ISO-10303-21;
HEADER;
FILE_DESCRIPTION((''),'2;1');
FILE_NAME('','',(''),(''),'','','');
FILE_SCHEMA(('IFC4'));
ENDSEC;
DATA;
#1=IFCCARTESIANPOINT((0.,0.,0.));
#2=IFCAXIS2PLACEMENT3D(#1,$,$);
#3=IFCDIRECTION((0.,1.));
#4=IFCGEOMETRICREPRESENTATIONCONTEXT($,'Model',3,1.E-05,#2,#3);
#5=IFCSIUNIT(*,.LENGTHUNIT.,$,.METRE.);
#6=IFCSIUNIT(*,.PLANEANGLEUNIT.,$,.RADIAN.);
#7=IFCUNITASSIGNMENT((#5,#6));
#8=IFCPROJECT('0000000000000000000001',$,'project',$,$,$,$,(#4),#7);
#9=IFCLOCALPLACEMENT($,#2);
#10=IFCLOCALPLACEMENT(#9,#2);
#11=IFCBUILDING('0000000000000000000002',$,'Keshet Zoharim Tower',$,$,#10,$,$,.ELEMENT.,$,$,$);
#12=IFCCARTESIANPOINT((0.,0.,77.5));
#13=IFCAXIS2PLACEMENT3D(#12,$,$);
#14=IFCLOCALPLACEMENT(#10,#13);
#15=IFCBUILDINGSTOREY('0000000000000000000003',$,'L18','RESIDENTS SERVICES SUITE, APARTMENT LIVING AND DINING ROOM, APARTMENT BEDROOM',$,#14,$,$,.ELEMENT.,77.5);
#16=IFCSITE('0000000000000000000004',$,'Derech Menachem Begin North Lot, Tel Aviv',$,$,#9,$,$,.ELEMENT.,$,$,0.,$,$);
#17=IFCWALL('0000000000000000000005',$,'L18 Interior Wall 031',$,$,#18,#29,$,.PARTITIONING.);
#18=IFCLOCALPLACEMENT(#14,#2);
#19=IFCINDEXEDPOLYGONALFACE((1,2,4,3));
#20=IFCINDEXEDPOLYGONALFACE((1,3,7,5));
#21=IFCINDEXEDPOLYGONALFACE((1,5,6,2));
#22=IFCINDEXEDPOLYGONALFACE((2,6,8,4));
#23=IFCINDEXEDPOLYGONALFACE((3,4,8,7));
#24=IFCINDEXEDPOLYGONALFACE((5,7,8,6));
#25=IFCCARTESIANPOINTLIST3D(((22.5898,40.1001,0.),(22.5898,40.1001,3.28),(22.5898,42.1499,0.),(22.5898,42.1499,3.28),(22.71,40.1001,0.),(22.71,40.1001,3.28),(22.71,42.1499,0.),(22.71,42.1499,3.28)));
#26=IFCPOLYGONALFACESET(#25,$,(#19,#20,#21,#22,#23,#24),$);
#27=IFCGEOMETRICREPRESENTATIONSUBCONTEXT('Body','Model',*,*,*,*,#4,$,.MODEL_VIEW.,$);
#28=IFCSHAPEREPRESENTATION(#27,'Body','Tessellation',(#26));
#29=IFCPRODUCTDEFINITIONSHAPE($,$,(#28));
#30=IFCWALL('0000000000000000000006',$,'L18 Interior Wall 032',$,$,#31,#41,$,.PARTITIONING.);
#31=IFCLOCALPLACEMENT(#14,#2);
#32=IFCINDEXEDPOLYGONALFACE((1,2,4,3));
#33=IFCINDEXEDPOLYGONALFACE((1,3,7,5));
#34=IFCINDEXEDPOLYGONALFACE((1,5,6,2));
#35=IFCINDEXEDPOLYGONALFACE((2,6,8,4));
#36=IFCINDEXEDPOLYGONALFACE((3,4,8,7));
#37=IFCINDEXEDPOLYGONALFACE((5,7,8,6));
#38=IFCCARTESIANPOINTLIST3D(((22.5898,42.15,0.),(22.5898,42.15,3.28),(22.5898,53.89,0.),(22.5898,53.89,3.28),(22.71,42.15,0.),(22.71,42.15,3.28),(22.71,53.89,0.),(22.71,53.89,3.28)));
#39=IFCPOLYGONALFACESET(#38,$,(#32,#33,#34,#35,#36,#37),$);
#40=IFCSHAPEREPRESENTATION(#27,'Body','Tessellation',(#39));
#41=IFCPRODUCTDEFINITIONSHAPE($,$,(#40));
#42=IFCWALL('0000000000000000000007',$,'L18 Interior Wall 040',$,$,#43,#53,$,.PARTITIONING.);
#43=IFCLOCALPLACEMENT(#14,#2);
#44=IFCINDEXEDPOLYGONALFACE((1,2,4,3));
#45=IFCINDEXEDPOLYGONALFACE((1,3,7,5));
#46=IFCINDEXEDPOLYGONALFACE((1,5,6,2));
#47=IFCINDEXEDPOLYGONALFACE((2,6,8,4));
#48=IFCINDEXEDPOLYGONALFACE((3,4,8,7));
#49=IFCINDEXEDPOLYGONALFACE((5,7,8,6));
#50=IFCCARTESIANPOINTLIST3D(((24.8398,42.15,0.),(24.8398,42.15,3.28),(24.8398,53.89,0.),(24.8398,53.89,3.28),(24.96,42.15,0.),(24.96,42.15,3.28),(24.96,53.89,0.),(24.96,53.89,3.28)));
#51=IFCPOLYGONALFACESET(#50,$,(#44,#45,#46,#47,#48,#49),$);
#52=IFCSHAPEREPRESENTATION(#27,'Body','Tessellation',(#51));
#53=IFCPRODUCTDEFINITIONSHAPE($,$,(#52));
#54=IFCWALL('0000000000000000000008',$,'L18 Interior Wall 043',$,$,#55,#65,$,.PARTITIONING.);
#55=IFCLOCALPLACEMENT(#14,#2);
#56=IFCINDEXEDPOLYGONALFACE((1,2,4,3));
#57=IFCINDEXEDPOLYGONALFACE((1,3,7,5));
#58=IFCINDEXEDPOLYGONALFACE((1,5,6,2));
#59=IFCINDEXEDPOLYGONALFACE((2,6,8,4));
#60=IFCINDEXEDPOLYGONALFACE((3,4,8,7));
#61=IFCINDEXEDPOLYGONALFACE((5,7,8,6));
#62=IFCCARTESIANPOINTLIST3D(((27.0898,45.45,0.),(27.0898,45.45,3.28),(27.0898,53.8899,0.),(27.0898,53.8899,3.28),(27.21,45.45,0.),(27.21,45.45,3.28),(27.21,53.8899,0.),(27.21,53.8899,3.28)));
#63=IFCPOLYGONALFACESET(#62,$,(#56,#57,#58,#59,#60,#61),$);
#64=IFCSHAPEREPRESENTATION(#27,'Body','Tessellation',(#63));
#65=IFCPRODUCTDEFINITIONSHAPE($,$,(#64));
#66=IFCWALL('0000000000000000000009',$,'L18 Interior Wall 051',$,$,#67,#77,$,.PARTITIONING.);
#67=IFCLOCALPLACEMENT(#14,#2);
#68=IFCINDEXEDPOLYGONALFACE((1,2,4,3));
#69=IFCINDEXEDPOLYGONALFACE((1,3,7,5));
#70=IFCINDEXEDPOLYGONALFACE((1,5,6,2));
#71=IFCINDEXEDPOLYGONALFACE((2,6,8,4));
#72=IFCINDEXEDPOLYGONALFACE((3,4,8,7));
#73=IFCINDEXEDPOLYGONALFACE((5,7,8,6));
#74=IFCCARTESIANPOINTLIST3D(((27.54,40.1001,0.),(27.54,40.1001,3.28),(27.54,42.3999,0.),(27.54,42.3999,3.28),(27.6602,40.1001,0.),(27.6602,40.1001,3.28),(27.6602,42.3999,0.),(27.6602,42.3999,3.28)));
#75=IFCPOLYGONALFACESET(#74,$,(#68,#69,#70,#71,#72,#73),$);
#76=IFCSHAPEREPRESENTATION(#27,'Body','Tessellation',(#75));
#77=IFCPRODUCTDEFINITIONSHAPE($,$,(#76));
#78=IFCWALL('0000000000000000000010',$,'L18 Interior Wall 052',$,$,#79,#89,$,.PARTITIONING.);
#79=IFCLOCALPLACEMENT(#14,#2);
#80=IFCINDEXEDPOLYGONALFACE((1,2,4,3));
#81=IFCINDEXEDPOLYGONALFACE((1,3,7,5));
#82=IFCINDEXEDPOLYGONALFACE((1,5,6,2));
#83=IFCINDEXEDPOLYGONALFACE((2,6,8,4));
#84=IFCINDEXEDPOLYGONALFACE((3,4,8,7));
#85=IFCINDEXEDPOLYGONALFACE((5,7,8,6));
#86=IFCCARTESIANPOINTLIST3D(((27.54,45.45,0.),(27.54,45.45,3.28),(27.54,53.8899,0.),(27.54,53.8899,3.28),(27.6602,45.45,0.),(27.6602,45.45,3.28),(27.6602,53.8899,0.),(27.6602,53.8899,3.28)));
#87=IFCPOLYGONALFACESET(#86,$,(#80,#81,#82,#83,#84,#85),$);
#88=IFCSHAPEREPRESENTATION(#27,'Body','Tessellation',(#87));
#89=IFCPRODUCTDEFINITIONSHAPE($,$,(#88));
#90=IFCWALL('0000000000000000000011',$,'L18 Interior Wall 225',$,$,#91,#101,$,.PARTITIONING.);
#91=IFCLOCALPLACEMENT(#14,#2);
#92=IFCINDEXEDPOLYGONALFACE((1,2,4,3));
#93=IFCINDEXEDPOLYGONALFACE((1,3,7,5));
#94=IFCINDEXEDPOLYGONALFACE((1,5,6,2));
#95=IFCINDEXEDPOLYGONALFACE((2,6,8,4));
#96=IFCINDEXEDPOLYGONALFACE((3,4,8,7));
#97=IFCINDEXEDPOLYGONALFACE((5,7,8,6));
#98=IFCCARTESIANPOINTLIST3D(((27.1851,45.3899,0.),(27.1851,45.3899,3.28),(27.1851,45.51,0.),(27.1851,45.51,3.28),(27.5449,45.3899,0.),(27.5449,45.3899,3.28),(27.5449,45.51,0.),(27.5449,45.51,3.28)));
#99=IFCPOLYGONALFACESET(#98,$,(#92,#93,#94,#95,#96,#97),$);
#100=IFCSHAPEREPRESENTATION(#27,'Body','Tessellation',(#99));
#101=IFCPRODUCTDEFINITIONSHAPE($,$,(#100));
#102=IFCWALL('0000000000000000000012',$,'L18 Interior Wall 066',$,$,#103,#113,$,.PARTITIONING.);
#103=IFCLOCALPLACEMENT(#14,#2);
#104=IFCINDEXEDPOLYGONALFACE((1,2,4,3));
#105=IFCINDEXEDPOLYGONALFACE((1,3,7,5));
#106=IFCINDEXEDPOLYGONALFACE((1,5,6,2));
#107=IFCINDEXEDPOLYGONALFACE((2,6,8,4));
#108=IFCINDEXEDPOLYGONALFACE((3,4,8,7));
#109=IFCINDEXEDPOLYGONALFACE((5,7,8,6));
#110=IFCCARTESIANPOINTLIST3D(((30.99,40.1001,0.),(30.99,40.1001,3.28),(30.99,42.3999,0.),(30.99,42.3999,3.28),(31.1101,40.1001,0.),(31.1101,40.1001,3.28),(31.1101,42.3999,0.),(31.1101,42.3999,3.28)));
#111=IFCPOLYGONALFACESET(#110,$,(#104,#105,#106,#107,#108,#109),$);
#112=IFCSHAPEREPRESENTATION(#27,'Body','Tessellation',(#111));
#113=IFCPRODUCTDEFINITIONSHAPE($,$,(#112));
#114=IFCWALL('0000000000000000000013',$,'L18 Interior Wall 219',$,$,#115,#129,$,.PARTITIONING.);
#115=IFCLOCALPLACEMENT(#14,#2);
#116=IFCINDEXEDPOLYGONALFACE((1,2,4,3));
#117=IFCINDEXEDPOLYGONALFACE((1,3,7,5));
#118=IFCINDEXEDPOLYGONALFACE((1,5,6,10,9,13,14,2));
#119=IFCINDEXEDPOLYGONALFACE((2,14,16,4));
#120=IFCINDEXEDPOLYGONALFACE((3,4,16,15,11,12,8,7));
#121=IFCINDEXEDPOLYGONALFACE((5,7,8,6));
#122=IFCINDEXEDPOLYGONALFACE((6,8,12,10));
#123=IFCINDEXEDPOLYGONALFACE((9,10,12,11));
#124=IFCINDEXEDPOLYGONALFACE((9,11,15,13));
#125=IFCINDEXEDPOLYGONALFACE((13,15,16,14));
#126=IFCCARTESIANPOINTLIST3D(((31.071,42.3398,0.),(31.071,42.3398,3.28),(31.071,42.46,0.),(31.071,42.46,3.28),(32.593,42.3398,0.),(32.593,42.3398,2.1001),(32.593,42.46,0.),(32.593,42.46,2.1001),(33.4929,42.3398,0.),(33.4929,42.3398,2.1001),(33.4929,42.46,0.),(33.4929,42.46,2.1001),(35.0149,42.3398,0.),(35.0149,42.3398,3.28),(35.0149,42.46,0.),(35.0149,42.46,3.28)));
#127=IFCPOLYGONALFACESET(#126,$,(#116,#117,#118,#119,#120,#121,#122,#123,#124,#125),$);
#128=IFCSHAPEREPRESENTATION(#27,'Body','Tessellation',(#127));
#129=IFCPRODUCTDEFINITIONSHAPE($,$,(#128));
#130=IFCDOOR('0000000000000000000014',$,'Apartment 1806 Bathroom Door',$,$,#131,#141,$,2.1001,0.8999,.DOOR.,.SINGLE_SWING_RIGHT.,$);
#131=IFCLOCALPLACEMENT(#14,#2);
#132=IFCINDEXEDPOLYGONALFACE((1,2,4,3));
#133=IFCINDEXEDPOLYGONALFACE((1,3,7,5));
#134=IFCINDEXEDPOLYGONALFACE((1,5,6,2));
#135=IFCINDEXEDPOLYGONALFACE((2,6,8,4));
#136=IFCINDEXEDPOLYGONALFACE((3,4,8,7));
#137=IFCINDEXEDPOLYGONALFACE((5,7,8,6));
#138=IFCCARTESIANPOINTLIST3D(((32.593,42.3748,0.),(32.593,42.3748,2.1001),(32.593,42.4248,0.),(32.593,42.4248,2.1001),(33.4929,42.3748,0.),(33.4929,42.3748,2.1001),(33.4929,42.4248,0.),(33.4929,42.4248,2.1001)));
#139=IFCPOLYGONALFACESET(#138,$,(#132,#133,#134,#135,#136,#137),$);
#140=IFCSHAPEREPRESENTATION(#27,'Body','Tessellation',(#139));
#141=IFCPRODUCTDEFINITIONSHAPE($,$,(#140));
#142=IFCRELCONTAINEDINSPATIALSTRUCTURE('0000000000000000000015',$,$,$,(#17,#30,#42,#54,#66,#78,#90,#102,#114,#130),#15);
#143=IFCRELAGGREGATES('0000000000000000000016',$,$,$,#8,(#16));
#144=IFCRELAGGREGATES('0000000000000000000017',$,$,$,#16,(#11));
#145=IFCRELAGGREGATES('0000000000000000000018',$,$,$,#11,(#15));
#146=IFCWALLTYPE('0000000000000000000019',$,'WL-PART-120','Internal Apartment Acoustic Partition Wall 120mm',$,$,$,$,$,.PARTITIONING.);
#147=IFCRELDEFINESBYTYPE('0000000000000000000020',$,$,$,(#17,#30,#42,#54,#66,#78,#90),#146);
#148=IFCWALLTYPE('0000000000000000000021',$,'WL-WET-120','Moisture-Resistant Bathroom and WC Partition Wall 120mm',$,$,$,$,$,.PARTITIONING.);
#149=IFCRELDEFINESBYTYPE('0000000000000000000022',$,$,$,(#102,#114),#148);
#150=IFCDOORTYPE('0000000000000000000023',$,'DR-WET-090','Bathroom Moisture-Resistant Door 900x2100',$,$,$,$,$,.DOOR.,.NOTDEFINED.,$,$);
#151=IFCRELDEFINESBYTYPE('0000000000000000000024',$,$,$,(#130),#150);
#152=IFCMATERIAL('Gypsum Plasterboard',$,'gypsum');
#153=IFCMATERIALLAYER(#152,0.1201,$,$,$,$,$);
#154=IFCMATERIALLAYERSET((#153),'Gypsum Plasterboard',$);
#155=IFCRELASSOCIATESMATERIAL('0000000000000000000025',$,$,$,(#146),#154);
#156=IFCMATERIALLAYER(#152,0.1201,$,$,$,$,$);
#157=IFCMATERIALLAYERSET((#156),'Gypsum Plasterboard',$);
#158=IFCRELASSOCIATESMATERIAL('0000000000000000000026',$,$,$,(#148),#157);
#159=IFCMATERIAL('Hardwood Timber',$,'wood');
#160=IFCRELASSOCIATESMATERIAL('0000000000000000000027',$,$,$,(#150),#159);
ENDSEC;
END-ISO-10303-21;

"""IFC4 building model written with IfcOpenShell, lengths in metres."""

from ifc_helpers import new_model, si_unit, direction, frame, frame_2d, origin, place, context, subcontext, project, spatial, rectangle, extrude, material, layer, layer_set, type_object, element, fill, save


model = new_model("IFC4")

# Units and contexts
model_context = context("Model", 3, precision=1e-05, world=origin(), true_north=direction((0.0, 1.0)))
body_context = subcontext(model_context, "Body", "Model", "MODEL_VIEW")
ifc_project = project(units=[si_unit("LENGTHUNIT", "METRE"), si_unit("PLANEANGLEUNIT", "RADIAN")], contexts=[model_context])

# Site, building, storey
site_placement = place(None, origin())
site = spatial("IfcSite", under=ifc_project, at=site_placement, Name="Derech Menachem Begin North Lot, Tel Aviv", CompositionType="ELEMENT", RefElevation=0.0)
building_placement = place(site_placement, origin())
building = spatial("IfcBuilding", under=site, at=building_placement, Name="Keshet Zoharim Tower", CompositionType="ELEMENT")
storey_placement = place(building_placement, frame((0.0, 0.0, 77.5)))
storey = spatial("IfcBuildingStorey", under=building, at=storey_placement, Name="L18", Description="RESIDENTS SERVICES SUITE, APARTMENT LIVING AND DINING ROOM, APARTMENT BEDROOM", CompositionType="ELEMENT", Elevation=77.5)

# Shared definitions
ifc_material_1 = material(Name="Gypsum Plasterboard", Category="gypsum")
ifc_material_2 = material(Name="Hardwood Timber", Category="wood")

# Walls
ifc_layer_1 = layer(ifc_material_1, 0.1201)
ifc_layer_set_1 = layer_set([ifc_layer_1], Name="Gypsum Plasterboard")
wall_type_1 = type_object("IfcWallType", Name="WL-PART-120", Description="Internal Apartment Acoustic Partition Wall 120mm", PredefinedType="PARTITIONING", material=ifc_layer_set_1)
wall_1_placement = place(storey_placement, frame((22.6499, 40.1001, 0.0), z_axis=(0.0, 0.0, 1.0), x_axis=(0.0, 1.0, 0.0)))
element("IfcWall", 1, at=wall_1_placement, inside=storey, type_object=wall_type_1, Name="L18 Interior Wall 031", PredefinedType="PARTITIONING", context=body_context, shape_type="SweptSolid", body=[
    extrude(rectangle(XDim=2.0498, YDim=0.1201, at=frame_2d((1.0249, 0.0))), origin(), (0.0, 0.0, 1.0), 3.28),
])
for number, where, z_axis, x_axis, name in (
    (2, (22.6499, 42.1499, 0.0), (0.0, 0.0, 1.0), (0.0, 1.0, 0.0), "L18 Interior Wall 032"),
    (3, (24.8999, 42.1499, 0.0), (0.0, 0.0, 1.0), (0.0, 1.0, 0.0), "L18 Interior Wall 040"),
):
    element("IfcWall", number, at=place(storey_placement, frame(where, z_axis=z_axis, x_axis=x_axis)), inside=storey, type_object=wall_type_1, Name=name, PredefinedType="PARTITIONING", context=body_context, shape_type="SweptSolid", body=[
        extrude(rectangle(XDim=11.74, YDim=0.1201, at=frame_2d((5.8701, 0.0))), origin(), (0.0, 0.0, 1.0), 3.28),
    ])
wall_2_placement = place(storey_placement, frame((27.1499, 45.45, 0.0), z_axis=(0.0, 0.0, 1.0), x_axis=(0.0, 1.0, 0.0)))
element("IfcWall", 4, at=wall_2_placement, inside=storey, type_object=wall_type_1, Name="L18 Interior Wall 043", PredefinedType="PARTITIONING", context=body_context, shape_type="SweptSolid", body=[
    extrude(rectangle(XDim=8.4399, YDim=0.1201, at=frame_2d((4.22, 0.0))), origin(), (0.0, 0.0, 1.0), 3.28),
])
wall_3_placement = place(storey_placement, frame((27.6001, 40.1001, 0.0), z_axis=(0.0, 0.0, 1.0), x_axis=(0.0, 1.0, 0.0)))
element("IfcWall", 5, at=wall_3_placement, inside=storey, type_object=wall_type_1, Name="L18 Interior Wall 051", PredefinedType="PARTITIONING", context=body_context, shape_type="SweptSolid", body=[
    extrude(rectangle(XDim=2.2998, YDim=0.1201, at=frame_2d((1.1499, 0.0))), origin(), (0.0, 0.0, 1.0), 3.28),
])
wall_4_placement = place(storey_placement, frame((27.6001, 45.45, 0.0), z_axis=(0.0, 0.0, 1.0), x_axis=(0.0, 1.0, 0.0)))
element("IfcWall", 6, at=wall_4_placement, inside=storey, type_object=wall_type_1, Name="L18 Interior Wall 052", PredefinedType="PARTITIONING", context=body_context, shape_type="SweptSolid", body=[
    extrude(rectangle(XDim=8.4399, YDim=0.1201, at=frame_2d((4.22, 0.0))), origin(), (0.0, 0.0, 1.0), 3.28),
])

# Walls
wall_5_placement = place(storey_placement, frame((27.1851, 45.45, 0.0), z_axis=(0.0, 0.0, 1.0), x_axis=(1.0, 0.0, 0.0)))
element("IfcWall", 7, at=wall_5_placement, inside=storey, type_object=wall_type_1, Name="L18 Interior Wall 225", PredefinedType="PARTITIONING", context=body_context, shape_type="SweptSolid", body=[
    extrude(rectangle(XDim=0.3599, YDim=0.1201, at=frame_2d((0.1799, 0.0))), origin(), (0.0, 0.0, 1.0), 3.28),
])
ifc_layer_2 = layer(ifc_material_1, 0.1201)
ifc_layer_set_2 = layer_set([ifc_layer_2], Name="Gypsum Plasterboard")
wall_type_2 = type_object("IfcWallType", Name="WL-WET-120", Description="Moisture-Resistant Bathroom and WC Partition Wall 120mm", PredefinedType="PARTITIONING", material=ifc_layer_set_2)
wall_6_placement = place(storey_placement, frame((31.05, 40.1001, 0.0), z_axis=(0.0, 0.0, 1.0), x_axis=(0.0, 1.0, 0.0)))
element("IfcWall", 8, at=wall_6_placement, inside=storey, type_object=wall_type_2, Name="L18 Interior Wall 066", PredefinedType="PARTITIONING", context=body_context, shape_type="SweptSolid", body=[
    extrude(rectangle(XDim=2.2998, YDim=0.1201, at=frame_2d((1.1499, 0.0))), origin(), (0.0, 0.0, 1.0), 3.28),
])

# Wall, opening, door
wall_7_placement = place(storey_placement, frame((31.071, 42.3999, 0.0), z_axis=(0.0, 0.0, 1.0), x_axis=(1.0, 0.0, 0.0)))
wall_7 = element("IfcWall", 9, at=wall_7_placement, inside=storey, type_object=wall_type_2, Name="L18 Interior Wall 219", PredefinedType="PARTITIONING", context=body_context, shape_type="SweptSolid", body=[
    extrude(rectangle(XDim=3.9438, YDim=0.1201, at=frame_2d((1.9719, 0.0))), origin(), (0.0, 0.0, 1.0), 3.28),
])
opening_1_placement = place(wall_7_placement, frame((1.522, 0.0, 0.0)))
opening_1 = element("IfcOpeningElement", 10, at=opening_1_placement, cuts=wall_7, PredefinedType="OPENING", context=body_context, shape_type="SweptSolid", body=[
    extrude(rectangle(XDim=0.8999, YDim=2.1001, at=frame_2d((0.45, 1.05))), frame((0.0, 0.0701, 0.0), z_axis=(0.0, -1.0, 0.0), x_axis=(1.0, 0.0, 0.0)), (0.0, 0.0, 1.0), 0.1401),
])
door_type_1 = type_object("IfcDoorType", Name="DR-WET-090", Description="Bathroom Moisture-Resistant Door 900x2100", OperationType="NOTDEFINED", PredefinedType="DOOR", material=ifc_material_2)
door_1_placement = place(opening_1_placement, origin())
door_1 = element("IfcDoor", 11, at=door_1_placement, inside=storey, type_object=door_type_1, Name="Apartment 1806 Bathroom Door", OperationType="SINGLE_SWING_RIGHT", OverallHeight=2.1001, OverallWidth=0.8999, PredefinedType="DOOR", context=body_context, shape_type="SweptSolid", body=[
    extrude(rectangle(XDim=0.8999, YDim=2.1001, at=frame_2d((0.45, 1.05))), frame((0.0, 0.0249, 0.0), z_axis=(0.0, -1.0, 0.0), x_axis=(1.0, 0.0, 0.0)), (0.0, 0.0, 1.0), 0.05),
])
fill(opening_1, door_1)

save(model, "model.ifc")
